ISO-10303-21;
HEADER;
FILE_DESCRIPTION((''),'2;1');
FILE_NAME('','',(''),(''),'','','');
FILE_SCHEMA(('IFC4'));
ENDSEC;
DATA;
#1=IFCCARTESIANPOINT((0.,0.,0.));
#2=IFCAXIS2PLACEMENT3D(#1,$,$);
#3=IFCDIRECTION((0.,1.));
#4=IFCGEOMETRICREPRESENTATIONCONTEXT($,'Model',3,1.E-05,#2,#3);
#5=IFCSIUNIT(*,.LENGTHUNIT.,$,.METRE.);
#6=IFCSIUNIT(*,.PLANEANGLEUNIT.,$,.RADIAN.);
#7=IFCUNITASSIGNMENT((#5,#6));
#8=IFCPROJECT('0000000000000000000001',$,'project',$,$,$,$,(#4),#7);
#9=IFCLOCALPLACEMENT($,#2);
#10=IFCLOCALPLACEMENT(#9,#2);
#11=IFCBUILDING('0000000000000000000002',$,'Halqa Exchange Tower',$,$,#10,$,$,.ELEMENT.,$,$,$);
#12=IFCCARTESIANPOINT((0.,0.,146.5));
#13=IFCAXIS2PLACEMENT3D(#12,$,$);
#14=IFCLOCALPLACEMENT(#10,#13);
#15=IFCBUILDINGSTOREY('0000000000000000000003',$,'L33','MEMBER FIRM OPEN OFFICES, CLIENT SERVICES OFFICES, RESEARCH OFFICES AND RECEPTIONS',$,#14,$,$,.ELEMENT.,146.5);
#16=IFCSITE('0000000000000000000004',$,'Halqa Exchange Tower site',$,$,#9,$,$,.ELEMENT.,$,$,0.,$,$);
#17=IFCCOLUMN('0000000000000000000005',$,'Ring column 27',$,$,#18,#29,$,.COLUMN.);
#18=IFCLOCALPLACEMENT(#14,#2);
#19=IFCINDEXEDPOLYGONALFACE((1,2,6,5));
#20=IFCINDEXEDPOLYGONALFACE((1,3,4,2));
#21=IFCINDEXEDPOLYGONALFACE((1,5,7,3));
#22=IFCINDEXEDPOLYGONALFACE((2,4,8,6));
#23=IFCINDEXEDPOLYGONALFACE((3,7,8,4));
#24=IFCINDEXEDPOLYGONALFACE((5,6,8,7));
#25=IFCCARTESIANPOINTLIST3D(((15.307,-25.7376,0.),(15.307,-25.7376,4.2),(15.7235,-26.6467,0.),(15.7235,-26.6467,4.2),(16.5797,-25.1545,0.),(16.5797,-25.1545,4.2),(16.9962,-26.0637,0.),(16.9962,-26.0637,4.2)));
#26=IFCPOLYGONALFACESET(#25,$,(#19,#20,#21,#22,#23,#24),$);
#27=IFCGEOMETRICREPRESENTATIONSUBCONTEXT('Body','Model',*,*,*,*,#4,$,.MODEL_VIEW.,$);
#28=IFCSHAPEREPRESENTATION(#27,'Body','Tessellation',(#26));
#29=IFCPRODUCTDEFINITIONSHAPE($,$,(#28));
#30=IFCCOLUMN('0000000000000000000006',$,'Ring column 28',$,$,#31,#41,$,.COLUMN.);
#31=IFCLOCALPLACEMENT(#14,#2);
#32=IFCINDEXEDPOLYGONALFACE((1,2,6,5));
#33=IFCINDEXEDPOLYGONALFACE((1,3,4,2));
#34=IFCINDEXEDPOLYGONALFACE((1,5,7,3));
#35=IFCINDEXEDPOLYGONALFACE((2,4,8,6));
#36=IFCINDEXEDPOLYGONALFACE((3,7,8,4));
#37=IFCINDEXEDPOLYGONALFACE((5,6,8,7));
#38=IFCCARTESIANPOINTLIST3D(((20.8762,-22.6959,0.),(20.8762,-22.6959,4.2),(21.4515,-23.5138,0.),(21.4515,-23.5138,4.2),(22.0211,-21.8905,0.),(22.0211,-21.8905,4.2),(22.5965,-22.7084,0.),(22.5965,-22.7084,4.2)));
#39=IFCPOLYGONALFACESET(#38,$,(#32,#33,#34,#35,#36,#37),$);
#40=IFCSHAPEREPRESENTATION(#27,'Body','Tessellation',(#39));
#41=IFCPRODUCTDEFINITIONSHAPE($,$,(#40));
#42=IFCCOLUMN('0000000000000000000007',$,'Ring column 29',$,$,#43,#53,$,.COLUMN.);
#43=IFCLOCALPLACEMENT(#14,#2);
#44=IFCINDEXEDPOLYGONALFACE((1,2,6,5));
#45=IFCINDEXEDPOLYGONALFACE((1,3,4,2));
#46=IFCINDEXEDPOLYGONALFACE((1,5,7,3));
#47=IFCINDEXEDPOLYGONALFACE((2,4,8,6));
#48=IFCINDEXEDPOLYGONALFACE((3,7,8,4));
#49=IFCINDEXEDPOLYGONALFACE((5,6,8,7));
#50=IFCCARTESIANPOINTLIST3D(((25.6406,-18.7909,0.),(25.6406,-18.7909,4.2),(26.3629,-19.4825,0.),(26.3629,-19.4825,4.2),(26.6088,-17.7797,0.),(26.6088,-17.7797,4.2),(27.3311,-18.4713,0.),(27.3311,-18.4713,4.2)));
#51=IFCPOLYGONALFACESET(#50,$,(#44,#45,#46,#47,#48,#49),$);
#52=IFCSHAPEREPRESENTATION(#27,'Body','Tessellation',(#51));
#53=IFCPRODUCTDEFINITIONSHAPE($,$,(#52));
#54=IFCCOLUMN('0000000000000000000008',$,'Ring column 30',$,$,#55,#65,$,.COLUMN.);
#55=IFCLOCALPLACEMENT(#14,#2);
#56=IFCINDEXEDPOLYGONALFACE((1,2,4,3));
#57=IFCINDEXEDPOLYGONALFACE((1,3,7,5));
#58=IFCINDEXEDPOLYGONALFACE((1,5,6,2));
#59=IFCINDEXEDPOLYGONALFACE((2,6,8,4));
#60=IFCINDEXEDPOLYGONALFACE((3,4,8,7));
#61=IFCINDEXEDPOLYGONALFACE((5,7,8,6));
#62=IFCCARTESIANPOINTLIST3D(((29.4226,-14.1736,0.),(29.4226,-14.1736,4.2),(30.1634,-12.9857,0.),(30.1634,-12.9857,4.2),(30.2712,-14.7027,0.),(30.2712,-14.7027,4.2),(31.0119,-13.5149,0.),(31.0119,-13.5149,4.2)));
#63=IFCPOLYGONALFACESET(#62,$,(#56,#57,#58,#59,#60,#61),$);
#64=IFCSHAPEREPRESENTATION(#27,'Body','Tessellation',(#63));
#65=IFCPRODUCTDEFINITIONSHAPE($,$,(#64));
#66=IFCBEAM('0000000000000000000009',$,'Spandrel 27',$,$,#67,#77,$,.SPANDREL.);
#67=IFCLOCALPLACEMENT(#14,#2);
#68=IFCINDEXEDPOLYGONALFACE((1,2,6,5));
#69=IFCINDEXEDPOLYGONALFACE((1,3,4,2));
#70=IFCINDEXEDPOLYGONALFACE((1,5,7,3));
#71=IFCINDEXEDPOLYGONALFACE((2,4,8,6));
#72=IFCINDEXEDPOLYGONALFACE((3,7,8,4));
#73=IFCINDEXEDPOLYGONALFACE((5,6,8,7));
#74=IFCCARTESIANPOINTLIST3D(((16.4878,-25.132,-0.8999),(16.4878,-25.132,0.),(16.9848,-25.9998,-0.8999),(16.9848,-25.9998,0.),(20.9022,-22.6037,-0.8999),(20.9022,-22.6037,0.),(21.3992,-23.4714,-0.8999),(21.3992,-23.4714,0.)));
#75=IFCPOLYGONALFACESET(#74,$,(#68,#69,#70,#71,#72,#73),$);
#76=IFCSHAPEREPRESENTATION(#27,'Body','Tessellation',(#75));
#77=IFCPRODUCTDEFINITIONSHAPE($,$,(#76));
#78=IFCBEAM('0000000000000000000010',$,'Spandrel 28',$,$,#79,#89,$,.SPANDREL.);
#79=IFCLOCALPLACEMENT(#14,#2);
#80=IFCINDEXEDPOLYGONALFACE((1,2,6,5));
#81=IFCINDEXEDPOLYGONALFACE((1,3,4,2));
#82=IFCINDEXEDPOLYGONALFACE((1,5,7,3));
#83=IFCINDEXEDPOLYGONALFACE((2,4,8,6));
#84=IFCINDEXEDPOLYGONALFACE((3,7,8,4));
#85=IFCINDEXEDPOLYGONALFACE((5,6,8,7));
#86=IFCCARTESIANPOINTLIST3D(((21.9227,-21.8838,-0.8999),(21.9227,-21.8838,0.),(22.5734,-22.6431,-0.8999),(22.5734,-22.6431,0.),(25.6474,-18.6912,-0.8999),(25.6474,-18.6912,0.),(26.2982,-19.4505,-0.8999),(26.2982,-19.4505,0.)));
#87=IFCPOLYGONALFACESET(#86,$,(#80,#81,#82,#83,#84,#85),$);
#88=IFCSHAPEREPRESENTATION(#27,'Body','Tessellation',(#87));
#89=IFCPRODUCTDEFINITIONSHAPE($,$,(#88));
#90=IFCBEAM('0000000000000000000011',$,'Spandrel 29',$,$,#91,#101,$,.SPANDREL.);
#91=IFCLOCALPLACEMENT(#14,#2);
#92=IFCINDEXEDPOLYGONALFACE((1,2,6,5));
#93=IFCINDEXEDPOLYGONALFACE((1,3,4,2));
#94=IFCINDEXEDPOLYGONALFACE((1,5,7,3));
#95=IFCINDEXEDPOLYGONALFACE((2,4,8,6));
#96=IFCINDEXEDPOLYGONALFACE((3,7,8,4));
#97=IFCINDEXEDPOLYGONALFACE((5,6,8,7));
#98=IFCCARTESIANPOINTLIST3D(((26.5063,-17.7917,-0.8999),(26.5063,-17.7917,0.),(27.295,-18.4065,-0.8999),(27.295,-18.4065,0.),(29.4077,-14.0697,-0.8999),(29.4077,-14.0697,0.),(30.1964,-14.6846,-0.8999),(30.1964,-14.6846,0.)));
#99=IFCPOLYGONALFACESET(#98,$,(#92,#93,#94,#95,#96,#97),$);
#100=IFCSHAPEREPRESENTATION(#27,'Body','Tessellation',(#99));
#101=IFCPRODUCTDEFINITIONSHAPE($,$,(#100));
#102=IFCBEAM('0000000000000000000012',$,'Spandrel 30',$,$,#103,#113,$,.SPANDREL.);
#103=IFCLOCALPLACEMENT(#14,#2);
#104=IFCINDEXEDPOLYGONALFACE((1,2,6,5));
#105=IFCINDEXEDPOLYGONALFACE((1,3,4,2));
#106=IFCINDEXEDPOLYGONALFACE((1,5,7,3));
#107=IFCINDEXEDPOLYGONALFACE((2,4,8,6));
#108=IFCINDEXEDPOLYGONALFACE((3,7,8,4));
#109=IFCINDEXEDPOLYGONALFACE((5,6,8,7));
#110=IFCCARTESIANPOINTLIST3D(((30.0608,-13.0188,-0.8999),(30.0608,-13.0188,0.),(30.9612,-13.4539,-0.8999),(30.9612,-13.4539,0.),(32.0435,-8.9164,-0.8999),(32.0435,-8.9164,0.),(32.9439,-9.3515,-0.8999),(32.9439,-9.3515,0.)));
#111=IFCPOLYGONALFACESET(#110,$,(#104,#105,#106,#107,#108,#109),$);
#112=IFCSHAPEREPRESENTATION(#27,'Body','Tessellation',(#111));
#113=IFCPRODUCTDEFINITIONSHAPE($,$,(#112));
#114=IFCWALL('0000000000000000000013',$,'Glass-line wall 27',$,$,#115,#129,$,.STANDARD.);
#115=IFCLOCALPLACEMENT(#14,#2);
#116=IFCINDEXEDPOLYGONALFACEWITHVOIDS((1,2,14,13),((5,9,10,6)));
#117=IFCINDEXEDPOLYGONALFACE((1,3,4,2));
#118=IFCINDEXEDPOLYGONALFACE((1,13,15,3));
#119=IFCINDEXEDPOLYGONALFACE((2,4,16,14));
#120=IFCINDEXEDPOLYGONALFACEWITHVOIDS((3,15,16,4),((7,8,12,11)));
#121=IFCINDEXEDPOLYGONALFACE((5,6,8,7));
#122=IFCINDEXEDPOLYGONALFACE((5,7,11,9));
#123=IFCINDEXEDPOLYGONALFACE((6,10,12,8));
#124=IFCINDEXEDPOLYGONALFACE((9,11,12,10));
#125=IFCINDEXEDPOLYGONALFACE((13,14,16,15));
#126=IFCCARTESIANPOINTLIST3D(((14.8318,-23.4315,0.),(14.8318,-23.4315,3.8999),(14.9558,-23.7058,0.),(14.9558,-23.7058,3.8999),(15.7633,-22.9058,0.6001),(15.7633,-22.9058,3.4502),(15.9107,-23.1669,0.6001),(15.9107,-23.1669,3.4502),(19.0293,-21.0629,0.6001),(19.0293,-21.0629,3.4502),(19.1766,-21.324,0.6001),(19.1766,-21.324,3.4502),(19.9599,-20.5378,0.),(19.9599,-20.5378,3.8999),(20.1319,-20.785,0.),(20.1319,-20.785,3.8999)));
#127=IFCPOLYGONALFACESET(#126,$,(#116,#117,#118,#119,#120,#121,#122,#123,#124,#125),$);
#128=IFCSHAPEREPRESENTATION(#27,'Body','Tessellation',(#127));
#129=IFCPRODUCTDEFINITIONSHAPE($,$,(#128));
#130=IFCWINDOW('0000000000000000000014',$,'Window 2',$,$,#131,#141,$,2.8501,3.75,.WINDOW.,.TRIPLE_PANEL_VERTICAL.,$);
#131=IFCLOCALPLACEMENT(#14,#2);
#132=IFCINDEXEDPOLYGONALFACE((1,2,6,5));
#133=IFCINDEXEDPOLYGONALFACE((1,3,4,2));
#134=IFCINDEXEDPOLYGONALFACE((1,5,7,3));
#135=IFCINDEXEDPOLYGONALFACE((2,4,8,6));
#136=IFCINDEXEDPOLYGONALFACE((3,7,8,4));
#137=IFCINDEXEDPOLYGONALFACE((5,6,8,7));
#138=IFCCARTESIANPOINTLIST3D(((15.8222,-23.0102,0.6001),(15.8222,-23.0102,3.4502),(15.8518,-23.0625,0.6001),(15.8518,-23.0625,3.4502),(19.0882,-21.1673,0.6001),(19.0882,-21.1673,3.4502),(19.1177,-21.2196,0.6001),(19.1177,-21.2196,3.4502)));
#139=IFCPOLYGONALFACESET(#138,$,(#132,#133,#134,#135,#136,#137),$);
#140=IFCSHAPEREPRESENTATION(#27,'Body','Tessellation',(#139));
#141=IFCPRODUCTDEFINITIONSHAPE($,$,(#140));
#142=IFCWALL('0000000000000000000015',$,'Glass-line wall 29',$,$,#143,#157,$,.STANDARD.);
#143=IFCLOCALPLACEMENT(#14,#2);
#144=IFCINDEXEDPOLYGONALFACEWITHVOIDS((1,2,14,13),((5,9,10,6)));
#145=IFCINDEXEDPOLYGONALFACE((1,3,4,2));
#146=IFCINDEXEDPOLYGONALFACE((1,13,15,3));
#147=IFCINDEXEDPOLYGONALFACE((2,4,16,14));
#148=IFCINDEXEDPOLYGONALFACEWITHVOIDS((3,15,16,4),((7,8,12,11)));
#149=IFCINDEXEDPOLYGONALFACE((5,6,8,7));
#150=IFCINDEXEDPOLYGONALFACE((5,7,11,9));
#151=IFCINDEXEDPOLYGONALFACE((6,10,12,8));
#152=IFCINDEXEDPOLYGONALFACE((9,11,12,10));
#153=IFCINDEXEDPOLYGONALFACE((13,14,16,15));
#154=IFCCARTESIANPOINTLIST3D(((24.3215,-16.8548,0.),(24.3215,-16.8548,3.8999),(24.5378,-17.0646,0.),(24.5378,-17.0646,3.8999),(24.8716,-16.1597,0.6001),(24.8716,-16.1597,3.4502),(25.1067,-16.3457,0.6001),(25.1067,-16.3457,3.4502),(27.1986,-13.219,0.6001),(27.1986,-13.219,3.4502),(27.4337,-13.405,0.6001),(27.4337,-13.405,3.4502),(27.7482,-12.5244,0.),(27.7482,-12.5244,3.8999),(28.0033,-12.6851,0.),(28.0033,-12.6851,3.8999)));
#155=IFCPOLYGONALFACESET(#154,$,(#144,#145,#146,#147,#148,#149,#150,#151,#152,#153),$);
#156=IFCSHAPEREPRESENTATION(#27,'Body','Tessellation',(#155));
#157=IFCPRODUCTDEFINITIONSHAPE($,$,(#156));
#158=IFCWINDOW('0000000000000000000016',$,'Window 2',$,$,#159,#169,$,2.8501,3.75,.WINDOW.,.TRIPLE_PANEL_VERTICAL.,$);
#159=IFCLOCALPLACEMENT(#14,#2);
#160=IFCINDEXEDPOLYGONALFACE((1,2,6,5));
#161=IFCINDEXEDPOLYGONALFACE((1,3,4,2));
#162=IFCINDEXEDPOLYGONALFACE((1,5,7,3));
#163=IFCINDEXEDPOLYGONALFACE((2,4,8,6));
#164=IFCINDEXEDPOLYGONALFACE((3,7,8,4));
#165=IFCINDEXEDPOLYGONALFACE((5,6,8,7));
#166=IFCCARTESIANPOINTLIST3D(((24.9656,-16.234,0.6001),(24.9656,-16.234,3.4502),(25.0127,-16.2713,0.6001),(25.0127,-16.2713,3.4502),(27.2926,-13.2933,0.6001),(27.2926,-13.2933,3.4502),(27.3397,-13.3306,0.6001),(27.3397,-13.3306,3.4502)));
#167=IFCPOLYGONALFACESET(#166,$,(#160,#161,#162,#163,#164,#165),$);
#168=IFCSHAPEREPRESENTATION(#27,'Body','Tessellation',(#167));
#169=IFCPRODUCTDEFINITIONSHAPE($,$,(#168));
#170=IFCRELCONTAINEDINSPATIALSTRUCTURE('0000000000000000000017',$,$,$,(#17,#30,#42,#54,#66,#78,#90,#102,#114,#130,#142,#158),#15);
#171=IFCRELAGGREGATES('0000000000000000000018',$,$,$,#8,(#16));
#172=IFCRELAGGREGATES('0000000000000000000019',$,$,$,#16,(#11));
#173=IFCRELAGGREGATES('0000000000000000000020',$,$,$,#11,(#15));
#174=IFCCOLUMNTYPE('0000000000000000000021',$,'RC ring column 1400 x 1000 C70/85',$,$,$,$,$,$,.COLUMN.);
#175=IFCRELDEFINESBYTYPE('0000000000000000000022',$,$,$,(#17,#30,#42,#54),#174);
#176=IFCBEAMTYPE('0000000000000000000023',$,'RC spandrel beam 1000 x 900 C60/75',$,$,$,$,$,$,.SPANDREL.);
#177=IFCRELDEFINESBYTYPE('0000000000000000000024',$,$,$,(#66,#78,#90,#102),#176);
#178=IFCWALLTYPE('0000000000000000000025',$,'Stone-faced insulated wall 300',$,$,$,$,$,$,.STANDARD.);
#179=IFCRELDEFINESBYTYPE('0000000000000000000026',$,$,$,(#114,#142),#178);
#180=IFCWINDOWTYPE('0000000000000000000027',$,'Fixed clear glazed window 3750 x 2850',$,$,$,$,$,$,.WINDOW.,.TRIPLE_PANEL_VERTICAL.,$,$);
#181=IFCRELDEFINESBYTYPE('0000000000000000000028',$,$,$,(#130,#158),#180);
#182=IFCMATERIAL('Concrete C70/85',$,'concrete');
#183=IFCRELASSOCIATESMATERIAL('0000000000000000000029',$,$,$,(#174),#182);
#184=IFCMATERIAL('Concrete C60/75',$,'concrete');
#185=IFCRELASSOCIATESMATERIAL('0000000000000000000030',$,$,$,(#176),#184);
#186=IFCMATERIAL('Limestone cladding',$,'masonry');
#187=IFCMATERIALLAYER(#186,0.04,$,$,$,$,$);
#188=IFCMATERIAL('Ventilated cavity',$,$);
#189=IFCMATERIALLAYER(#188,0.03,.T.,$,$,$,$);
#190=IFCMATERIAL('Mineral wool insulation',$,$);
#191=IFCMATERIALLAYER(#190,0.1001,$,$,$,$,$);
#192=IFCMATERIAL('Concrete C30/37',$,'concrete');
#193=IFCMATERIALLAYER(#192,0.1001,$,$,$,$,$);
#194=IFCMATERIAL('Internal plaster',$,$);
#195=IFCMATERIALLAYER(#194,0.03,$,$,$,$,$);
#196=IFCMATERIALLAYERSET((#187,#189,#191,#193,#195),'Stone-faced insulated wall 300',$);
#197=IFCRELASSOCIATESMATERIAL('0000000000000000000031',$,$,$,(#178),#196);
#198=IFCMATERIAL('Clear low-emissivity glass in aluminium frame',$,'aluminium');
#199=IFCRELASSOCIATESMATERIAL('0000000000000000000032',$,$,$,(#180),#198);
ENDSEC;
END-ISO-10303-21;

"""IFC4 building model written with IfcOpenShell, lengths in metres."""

from ifc_helpers import new_model, si_unit, direction, frame, frame_2d, origin, origin_2d, place, context, subcontext, project, spatial, polyline, rectangle, outline, extrude, material, layer, layer_set, material_profile, profile_set, type_object, element, fill, save


model = new_model("IFC4")

# Units and contexts
model_context = context("Model", 3, precision=1e-05, world=origin(), true_north=direction((0.0, 1.0)))
body_context = subcontext(model_context, "Body", "Model", "MODEL_VIEW")
ifc_project = project(units=[si_unit("LENGTHUNIT", "METRE"), si_unit("PLANEANGLEUNIT", "RADIAN")], contexts=[model_context])

# Site, building, storey
site_placement = place(None, origin())
site = spatial("IfcSite", under=ifc_project, at=site_placement, Name="Halqa Exchange Tower site", CompositionType="ELEMENT", RefElevation=0.0)
building_placement = place(site_placement, origin())
building = spatial("IfcBuilding", under=site, at=building_placement, Name="Halqa Exchange Tower", CompositionType="ELEMENT")
storey_placement = place(building_placement, frame((0.0, 0.0, 146.5)))
storey = spatial("IfcBuildingStorey", under=building, at=storey_placement, Name="L33", Description="MEMBER FIRM OPEN OFFICES, CLIENT SERVICES OFFICES, RESEARCH OFFICES AND RECEPTIONS", CompositionType="ELEMENT", Elevation=146.5)

# Columns
ifc_material_1 = material(Name="Concrete C70/85", Category="concrete")
ifc_material_profile_1 = material_profile(ifc_material_1, rectangle(XDim=1.3999, YDim=1.0, at=origin_2d()), Name="1400 x 1000")
ifc_profile_set_1 = profile_set([ifc_material_profile_1], Name="Concrete C70/85")
column_type = type_object("IfcColumnType", Name="RC ring column 1400 x 1000 C70/85", PredefinedType="COLUMN", material=ifc_profile_set_1)
for number, where, z_axis, x_axis, name in (
    (1, (16.1516, -25.9006, 0.0), (0.0, 0.0, 1.0), (0.909127, 0.416519, 0.0), "Ring column 27"),
    (2, (21.7363, -22.7021, 0.0), (0.0, 0.0, 1.0), (0.817908, 0.575349, 0.0), "Ring column 28"),
    (3, (26.4858, -18.6311, 0.0), (0.0, 0.0, 1.0), (0.691574, 0.722306, 0.0), "Ring column 29"),
    (4, (30.2173, -13.8442, 0.0), (0.0, 0.0, 1.0), (0.529138, 0.848536, 0.0), "Ring column 30"),
):
    element("IfcColumn", number, at=place(storey_placement, frame(where, z_axis=z_axis, x_axis=x_axis)), inside=storey, type_object=column_type, Name=name, PredefinedType="COLUMN", context=body_context, shape_type="SweptSolid", body=[
        extrude(rectangle(XDim=1.3999, YDim=1.0, at=origin_2d()), origin(), (0.0, 0.0, 1.0), 4.2),
    ])

# Beams
ifc_material_2 = material(Name="Concrete C60/75", Category="concrete")
ifc_material_profile_2 = material_profile(ifc_material_2, rectangle(XDim=1.0, YDim=0.8999, at=origin_2d()), Name="1000 x 900")
ifc_profile_set_2 = profile_set([ifc_material_profile_2], Name="Concrete C60/75")
beam_type = type_object("IfcBeamType", Name="RC spandrel beam 1000 x 900 C60/75", PredefinedType="SPANDREL", material=ifc_profile_set_2)
beam_1_placement = place(storey_placement, frame((16.7363, -25.5659, -0.45), z_axis=(0.867747, 0.497007, 0.0), x_axis=(-0.497007, 0.867747, 0.0)))
element("IfcBeam", 5, at=beam_1_placement, inside=storey, type_object=beam_type, Name="Spandrel 27", PredefinedType="SPANDREL", context=body_context, shape_type="SweptSolid", body=[
    extrude(rectangle(XDim=1.0, YDim=0.8999, at=origin_2d()), origin(), (0.0, 0.0, 1.0), 5.0872),
])
beam_2_placement = place(storey_placement, frame((22.248, -22.2634, -0.45), z_axis=(0.759267, 0.650779, 0.0), x_axis=(-0.650779, 0.759267, 0.0)))
element("IfcBeam", 6, at=beam_2_placement, inside=storey, type_object=beam_type, Name="Spandrel 28", PredefinedType="SPANDREL", context=body_context, shape_type="SweptSolid", body=[
    extrude(rectangle(XDim=1.0, YDim=0.8999, at=origin_2d()), origin(), (0.0, 0.0, 1.0), 4.9058),
])
beam_3_placement = place(storey_placement, frame((26.9006, -18.0991, -0.45), z_axis=(0.614803, 0.78868, 0.0), x_axis=(-0.78868, 0.614803, 0.0)))
element("IfcBeam", 7, at=beam_3_placement, inside=storey, type_object=beam_type, Name="Spandrel 29", PredefinedType="SPANDREL", context=body_context, shape_type="SweptSolid", body=[
    extrude(rectangle(XDim=1.0, YDim=0.8999, at=origin_2d()), origin(), (0.0, 0.0, 1.0), 4.7192),
])
beam_4_placement = place(storey_placement, frame((30.511, -13.2363, -0.45), z_axis=(0.435149, 0.900358, 0.0), x_axis=(-0.900358, 0.435149, 0.0)))
element("IfcBeam", 8, at=beam_4_placement, inside=storey, type_object=beam_type, Name="Spandrel 30", PredefinedType="SPANDREL", context=body_context, shape_type="SweptSolid", body=[
    extrude(rectangle(XDim=1.0, YDim=0.8999, at=origin_2d()), origin(), (0.0, 0.0, 1.0), 4.5564),
])

# Wall, opening, window
ifc_material_3 = material(Name="Limestone cladding", Category="masonry")
ifc_layer_1 = layer(ifc_material_3, 0.04)
ifc_material_4 = material(Name="Ventilated cavity")
ifc_layer_2 = layer(ifc_material_4, 0.03, ventilated=True)
ifc_material_5 = material(Name="Mineral wool insulation")
ifc_layer_3 = layer(ifc_material_5, 0.1001)
ifc_material_6 = material(Name="Concrete C30/37", Category="concrete")
ifc_layer_4 = layer(ifc_material_6, 0.1001)
ifc_material_7 = material(Name="Internal plaster")
ifc_layer_5 = layer(ifc_material_7, 0.03)
ifc_layer_set_1 = layer_set([ifc_layer_1, ifc_layer_2, ifc_layer_3, ifc_layer_4, ifc_layer_5], Name="Stone-faced insulated wall 300")
wall_type_1 = type_object("IfcWallType", Name="Stone-faced insulated wall 300", PredefinedType="STANDARD", material=ifc_layer_set_1)
wall_1_placement = place(storey_placement, frame((14.8938, -23.5686, 0.0), z_axis=(0.0, 0.0, 1.0), x_axis=(0.870912, 0.491438, 0.0)))
wall_1 = element("IfcWall", 9, at=wall_1_placement, inside=storey, type_object=wall_type_1, Name="Glass-line wall 27", PredefinedType="STANDARD", context=body_context, shape_type="SweptSolid", body=[
    extrude(outline(polyline([(-0.0134, -0.1499), (5.9299, -0.1499), (5.9016, 0.1499), (0.0134, 0.1499), (-0.0134, -0.1499)])), origin(), (0.0, 0.0, 1.0), 3.8999),
])
opening_1_placement = place(wall_1_placement, frame((1.083, 0.0, 0.6001)))
opening_1 = element("IfcOpeningElement", 10, at=opening_1_placement, cuts=wall_1, PredefinedType="OPENING", context=body_context, shape_type="SweptSolid", body=[
    extrude(rectangle(XDim=3.75, YDim=2.8501, at=frame_2d((1.875, 1.425))), frame((0.0, 0.1621, 0.0), z_axis=(0.0, -1.0, 0.0), x_axis=(1.0, 0.0, 0.0)), (0.0, 0.0, 1.0), 0.324),
])
ifc_material_8 = material(Name="Clear low-emissivity glass in aluminium frame", Category="aluminium")
window_type = type_object("IfcWindowType", Name="Fixed clear glazed window 3750 x 2850", PartitioningType="TRIPLE_PANEL_VERTICAL", PredefinedType="WINDOW", material=ifc_material_8)
window_1_placement = place(opening_1_placement, origin())
window_1 = element("IfcWindow", 11, at=window_1_placement, inside=storey, type_object=window_type, Name="Window 2", OverallHeight=2.8501, OverallWidth=3.75, PartitioningType="TRIPLE_PANEL_VERTICAL", PredefinedType="WINDOW", context=body_context, shape_type="SweptSolid", body=[
    extrude(rectangle(XDim=3.75, YDim=2.8501, at=frame_2d((1.875, 1.425))), frame((0.0, 0.03, 0.0), z_axis=(0.0, -1.0, 0.0), x_axis=(1.0, 0.0, 0.0)), (0.0, 0.0, 1.0), 0.0601),
])
fill(opening_1, window_1)

# Wall, opening, window
wall_2_placement = place(storey_placement, frame((24.4297, -16.9597, 0.0), z_axis=(0.0, 0.0, 1.0), x_axis=(0.620521, 0.78419, 0.0)))
wall_2 = element("IfcWall", 12, at=wall_2_placement, inside=storey, type_object=wall_type_1, Name="Glass-line wall 29", PredefinedType="STANDARD", context=body_context, shape_type="SweptSolid", body=[
    extrude(outline(polyline([(-0.0151, -0.1499), (5.5696, -0.1499), (5.5374, 0.1499), (0.0151, 0.1499), (-0.0151, -0.1499)])), origin(), (0.0, 0.0, 1.0), 3.8999),
])
opening_2_placement = place(wall_2_placement, frame((0.9016, 0.0, 0.6001)))
opening_2 = element("IfcOpeningElement", 13, at=opening_2_placement, cuts=wall_2, PredefinedType="OPENING", context=body_context, shape_type="SweptSolid", body=[
    extrude(rectangle(XDim=3.75, YDim=2.8501, at=frame_2d((1.875, 1.425))), frame((0.0, 0.1621, 0.0), z_axis=(0.0, -1.0, 0.0), x_axis=(1.0, 0.0, 0.0)), (0.0, 0.0, 1.0), 0.324),
])
window_2_placement = place(opening_2_placement, origin())
window_2 = element("IfcWindow", 14, at=window_2_placement, inside=storey, type_object=window_type, Name="Window 2", OverallHeight=2.8501, OverallWidth=3.75, PartitioningType="TRIPLE_PANEL_VERTICAL", PredefinedType="WINDOW", context=body_context, shape_type="SweptSolid", body=[
    extrude(rectangle(XDim=3.75, YDim=2.8501, at=frame_2d((1.875, 1.425))), frame((0.0, 0.03, 0.0), z_axis=(0.0, -1.0, 0.0), x_axis=(1.0, 0.0, 0.0)), (0.0, 0.0, 1.0), 0.0601),
])
fill(opening_2, window_2)

save(model, "model.ifc")
